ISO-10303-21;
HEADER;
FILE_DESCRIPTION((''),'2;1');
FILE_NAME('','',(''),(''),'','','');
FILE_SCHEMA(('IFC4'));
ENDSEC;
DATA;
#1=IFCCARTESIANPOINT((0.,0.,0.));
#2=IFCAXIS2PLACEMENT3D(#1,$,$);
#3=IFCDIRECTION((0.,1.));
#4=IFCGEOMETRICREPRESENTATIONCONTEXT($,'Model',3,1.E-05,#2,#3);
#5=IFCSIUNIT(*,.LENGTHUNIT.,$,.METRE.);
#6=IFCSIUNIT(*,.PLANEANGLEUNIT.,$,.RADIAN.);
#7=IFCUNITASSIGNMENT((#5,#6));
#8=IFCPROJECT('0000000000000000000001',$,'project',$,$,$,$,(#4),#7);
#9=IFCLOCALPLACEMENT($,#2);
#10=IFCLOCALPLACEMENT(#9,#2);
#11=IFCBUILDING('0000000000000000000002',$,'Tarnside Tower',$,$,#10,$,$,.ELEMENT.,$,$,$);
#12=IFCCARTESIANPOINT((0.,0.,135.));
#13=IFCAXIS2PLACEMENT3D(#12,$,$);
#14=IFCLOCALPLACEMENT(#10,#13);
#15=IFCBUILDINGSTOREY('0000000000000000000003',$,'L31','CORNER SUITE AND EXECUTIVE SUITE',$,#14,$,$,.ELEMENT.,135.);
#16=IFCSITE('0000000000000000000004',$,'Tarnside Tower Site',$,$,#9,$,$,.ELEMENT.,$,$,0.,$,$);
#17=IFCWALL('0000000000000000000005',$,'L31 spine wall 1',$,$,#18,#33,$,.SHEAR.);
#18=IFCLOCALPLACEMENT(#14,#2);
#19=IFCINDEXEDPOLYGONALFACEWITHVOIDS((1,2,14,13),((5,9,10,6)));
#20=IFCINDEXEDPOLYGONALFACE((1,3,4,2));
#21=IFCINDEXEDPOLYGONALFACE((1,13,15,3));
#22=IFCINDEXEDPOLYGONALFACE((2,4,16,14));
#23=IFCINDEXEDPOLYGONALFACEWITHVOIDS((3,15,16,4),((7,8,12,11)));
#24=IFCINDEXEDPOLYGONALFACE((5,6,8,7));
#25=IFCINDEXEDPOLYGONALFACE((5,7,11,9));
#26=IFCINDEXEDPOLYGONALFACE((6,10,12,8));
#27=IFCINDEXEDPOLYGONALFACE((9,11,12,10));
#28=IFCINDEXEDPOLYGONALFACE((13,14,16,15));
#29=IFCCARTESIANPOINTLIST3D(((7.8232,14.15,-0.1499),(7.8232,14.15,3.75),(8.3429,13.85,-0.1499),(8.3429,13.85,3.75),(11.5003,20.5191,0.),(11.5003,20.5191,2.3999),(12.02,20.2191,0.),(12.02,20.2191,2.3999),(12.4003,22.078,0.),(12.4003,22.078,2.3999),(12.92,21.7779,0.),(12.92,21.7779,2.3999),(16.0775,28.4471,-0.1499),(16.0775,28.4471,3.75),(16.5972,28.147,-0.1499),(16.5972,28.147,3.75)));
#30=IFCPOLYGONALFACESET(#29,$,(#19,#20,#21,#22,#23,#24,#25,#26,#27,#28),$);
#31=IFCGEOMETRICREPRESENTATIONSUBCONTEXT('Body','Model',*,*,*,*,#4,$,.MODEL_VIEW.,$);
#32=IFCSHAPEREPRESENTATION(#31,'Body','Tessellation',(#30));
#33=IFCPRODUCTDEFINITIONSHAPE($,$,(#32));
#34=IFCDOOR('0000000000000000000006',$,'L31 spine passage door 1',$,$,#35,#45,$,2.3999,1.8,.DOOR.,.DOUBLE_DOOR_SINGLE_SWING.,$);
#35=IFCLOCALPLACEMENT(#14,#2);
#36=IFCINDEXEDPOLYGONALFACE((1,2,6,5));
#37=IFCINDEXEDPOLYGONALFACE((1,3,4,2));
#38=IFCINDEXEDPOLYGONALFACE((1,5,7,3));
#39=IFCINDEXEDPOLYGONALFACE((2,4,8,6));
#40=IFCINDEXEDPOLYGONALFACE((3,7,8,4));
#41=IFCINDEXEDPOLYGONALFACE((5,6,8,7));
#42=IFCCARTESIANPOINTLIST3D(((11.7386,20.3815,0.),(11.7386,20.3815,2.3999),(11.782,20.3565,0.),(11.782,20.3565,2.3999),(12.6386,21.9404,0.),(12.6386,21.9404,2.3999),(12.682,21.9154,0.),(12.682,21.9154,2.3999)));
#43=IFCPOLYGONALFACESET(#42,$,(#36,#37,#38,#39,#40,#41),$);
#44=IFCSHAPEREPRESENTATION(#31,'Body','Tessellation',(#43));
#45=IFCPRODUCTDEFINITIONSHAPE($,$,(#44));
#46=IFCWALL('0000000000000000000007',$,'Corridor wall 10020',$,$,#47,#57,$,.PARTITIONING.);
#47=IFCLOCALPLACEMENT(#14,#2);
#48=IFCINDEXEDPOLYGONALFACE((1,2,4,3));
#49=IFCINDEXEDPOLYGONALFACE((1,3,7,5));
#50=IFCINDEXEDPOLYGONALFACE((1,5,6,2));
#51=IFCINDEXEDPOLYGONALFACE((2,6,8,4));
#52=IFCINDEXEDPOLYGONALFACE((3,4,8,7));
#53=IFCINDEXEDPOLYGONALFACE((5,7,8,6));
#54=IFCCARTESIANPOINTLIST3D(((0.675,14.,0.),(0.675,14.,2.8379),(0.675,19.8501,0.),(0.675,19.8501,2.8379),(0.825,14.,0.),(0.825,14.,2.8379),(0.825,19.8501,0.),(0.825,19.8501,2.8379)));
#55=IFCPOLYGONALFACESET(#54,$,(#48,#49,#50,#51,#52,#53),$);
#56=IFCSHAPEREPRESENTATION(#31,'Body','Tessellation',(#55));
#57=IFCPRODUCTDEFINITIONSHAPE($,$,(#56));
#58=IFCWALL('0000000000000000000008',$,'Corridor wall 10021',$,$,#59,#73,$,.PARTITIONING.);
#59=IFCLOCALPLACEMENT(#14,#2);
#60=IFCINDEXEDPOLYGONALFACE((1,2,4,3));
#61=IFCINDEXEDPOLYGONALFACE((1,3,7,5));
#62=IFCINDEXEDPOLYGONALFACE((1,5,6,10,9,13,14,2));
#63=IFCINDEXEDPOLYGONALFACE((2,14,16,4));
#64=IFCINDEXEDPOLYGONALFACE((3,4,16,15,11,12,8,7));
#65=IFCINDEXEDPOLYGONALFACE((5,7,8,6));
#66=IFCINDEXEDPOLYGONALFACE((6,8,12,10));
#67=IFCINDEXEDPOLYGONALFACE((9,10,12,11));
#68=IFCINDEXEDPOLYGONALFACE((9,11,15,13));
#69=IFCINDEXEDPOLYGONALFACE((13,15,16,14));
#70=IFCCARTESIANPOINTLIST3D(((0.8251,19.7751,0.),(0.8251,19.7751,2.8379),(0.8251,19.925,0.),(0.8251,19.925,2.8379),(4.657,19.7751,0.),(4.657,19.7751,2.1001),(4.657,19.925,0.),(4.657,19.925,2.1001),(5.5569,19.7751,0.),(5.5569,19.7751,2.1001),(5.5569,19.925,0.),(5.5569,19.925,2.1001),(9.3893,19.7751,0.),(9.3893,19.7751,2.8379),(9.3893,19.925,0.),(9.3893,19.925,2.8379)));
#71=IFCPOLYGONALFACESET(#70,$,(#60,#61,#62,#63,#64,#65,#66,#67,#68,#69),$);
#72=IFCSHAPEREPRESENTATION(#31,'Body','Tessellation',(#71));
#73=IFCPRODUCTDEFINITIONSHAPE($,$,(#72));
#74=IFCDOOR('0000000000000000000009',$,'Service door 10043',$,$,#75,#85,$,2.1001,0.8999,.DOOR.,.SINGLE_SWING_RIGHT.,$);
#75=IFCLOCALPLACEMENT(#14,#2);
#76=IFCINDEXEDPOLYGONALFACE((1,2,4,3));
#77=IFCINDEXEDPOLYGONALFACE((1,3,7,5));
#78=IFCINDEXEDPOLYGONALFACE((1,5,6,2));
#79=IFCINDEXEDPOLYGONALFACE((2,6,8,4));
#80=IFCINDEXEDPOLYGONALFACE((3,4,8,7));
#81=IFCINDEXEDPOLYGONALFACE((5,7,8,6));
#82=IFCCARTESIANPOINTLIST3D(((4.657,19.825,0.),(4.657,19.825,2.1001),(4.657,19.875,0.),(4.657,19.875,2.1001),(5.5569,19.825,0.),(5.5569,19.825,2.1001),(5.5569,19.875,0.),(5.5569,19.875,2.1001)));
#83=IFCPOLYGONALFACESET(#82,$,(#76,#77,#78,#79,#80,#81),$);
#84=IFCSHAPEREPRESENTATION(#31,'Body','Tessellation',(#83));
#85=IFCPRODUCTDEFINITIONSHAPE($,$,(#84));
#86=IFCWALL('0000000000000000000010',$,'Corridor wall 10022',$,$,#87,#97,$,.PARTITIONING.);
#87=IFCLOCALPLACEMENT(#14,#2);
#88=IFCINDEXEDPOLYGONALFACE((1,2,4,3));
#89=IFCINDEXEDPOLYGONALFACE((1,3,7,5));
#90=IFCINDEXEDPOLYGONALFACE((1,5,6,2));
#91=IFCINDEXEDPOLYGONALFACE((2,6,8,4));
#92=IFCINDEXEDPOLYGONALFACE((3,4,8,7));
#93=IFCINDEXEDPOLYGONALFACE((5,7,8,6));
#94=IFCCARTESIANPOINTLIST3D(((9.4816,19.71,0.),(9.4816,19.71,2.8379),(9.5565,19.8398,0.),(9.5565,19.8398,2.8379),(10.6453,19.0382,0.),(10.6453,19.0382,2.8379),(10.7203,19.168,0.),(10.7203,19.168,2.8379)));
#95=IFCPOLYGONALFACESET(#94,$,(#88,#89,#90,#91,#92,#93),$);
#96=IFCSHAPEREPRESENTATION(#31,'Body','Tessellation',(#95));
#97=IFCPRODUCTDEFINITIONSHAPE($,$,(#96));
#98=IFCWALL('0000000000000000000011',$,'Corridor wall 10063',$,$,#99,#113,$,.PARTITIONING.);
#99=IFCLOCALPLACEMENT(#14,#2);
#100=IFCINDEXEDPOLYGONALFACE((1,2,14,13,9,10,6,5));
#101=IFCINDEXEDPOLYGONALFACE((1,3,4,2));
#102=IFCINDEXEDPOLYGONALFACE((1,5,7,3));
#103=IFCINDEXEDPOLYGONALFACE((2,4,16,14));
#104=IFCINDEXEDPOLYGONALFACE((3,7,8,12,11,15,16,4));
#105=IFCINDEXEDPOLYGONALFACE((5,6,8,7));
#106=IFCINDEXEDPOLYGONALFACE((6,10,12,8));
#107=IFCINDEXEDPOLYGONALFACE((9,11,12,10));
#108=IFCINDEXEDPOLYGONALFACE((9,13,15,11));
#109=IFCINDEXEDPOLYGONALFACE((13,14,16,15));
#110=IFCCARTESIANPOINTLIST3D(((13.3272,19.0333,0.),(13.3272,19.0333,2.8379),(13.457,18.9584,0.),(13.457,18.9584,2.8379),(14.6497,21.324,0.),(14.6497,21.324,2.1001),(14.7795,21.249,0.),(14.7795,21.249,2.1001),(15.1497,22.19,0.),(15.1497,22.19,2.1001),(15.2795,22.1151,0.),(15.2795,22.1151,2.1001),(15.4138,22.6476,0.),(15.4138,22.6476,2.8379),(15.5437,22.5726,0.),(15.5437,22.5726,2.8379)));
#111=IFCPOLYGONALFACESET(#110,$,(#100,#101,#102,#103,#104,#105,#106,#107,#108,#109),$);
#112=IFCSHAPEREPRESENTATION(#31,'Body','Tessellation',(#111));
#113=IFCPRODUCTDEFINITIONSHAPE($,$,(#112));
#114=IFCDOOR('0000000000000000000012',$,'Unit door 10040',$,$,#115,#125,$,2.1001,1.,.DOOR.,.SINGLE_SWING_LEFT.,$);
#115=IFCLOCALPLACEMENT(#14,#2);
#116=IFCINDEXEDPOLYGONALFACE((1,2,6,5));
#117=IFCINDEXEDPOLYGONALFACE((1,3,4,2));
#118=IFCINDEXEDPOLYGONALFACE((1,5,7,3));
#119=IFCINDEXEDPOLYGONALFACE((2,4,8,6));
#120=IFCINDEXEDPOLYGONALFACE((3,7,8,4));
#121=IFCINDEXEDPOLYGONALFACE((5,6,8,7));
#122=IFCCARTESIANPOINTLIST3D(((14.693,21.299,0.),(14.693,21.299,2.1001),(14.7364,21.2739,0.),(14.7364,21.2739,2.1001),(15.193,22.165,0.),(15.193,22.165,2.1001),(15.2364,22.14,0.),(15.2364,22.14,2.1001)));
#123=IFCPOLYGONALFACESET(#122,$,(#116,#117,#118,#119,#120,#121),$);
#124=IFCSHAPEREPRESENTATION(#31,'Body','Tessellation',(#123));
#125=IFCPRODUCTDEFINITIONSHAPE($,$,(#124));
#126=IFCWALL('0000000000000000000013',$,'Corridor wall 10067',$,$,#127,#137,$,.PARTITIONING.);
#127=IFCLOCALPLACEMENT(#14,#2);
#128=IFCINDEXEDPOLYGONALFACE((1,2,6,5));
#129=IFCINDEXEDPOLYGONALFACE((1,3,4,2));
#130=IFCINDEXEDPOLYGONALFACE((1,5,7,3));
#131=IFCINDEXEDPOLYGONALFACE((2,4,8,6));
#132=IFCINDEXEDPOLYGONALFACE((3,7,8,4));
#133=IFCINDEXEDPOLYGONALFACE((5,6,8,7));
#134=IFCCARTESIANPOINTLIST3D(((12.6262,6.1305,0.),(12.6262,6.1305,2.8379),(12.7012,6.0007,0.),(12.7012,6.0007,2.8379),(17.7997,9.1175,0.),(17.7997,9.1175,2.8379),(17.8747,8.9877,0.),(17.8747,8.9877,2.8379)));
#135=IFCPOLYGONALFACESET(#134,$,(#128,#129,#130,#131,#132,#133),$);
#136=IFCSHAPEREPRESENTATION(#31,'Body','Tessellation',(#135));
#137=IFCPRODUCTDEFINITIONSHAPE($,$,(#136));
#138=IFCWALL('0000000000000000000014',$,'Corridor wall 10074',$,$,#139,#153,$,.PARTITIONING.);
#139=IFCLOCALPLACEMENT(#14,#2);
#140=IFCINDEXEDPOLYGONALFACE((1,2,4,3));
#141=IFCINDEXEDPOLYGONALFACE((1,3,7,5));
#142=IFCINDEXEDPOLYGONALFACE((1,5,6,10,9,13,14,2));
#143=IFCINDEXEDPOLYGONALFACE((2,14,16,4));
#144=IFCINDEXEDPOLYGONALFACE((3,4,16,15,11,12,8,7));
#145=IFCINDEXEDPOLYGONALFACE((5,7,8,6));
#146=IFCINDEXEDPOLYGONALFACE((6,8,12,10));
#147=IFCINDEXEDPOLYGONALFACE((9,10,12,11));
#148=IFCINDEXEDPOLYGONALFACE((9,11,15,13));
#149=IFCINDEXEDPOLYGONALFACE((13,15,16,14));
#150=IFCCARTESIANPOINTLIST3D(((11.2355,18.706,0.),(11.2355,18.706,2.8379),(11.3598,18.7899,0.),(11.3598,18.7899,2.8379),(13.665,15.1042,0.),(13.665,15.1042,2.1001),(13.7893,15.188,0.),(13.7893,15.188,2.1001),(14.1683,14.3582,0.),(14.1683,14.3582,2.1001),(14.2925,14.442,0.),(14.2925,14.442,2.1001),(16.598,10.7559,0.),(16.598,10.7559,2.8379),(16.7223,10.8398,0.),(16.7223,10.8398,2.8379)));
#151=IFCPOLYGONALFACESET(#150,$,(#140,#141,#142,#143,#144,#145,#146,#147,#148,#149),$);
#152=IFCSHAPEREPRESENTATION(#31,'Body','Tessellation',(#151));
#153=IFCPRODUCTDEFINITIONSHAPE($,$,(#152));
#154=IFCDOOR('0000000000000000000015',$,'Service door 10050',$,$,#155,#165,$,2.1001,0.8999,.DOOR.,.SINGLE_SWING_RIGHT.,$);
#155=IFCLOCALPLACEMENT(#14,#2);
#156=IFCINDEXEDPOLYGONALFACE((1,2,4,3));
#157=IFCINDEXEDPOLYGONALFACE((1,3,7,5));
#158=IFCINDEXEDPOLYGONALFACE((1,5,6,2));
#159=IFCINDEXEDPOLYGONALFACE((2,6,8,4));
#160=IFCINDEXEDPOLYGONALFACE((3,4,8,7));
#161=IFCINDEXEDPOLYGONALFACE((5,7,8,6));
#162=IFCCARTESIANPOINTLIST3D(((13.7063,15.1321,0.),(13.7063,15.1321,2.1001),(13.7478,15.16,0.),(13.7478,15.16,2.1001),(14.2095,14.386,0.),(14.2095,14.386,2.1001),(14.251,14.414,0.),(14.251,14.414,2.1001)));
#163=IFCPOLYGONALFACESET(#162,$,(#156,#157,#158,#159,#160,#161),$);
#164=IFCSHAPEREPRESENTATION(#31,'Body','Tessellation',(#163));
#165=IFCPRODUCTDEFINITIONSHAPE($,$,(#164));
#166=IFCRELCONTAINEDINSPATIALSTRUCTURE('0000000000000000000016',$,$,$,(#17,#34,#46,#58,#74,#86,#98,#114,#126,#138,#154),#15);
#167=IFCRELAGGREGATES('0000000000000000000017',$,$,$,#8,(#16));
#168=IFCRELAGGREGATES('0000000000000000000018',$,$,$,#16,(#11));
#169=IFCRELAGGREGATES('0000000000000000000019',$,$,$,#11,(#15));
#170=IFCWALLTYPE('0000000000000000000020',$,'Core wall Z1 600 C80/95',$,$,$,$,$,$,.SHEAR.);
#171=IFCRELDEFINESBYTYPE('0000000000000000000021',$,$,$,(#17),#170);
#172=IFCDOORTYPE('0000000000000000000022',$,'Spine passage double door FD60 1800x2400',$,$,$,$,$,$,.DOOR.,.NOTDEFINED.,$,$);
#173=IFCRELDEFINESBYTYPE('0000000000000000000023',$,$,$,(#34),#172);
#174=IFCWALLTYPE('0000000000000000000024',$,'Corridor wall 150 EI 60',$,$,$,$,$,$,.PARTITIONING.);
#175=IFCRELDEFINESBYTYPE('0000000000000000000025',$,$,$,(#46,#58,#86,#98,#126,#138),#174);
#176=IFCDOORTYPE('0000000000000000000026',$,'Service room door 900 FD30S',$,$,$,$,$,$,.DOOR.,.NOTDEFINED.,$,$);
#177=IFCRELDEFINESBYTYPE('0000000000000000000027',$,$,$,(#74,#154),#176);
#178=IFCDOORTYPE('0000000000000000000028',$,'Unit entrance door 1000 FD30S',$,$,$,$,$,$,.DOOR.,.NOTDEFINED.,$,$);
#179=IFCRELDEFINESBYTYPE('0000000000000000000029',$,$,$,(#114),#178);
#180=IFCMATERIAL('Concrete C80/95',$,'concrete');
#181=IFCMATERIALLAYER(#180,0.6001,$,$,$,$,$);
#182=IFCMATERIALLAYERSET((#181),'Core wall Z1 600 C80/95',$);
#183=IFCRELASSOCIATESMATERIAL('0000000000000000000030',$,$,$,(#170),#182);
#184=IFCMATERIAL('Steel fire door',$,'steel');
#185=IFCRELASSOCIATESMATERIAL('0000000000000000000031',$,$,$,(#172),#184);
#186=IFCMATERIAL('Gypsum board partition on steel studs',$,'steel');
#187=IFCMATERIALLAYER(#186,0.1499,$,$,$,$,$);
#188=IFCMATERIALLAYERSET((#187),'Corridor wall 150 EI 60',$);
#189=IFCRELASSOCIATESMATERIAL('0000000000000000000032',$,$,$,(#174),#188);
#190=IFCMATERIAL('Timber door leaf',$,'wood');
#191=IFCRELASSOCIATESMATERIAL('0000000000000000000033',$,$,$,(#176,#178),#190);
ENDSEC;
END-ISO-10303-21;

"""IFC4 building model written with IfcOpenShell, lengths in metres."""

from ifc_helpers import new_model, si_unit, direction, frame, frame_2d, origin, place, context, subcontext, project, spatial, rectangle, extrude, material, layer, layer_set, type_object, element, fill, save


model = new_model("IFC4")

# Units and contexts
model_context = context("Model", 3, precision=1e-05, world=origin(), true_north=direction((0.0, 1.0)))
body_context = subcontext(model_context, "Body", "Model", "MODEL_VIEW")
ifc_project = project(units=[si_unit("LENGTHUNIT", "METRE"), si_unit("PLANEANGLEUNIT", "RADIAN")], contexts=[model_context])

# Site, building, storey
site_placement = place(None, origin())
site = spatial("IfcSite", under=ifc_project, at=site_placement, Name="Tarnside Tower Site", CompositionType="ELEMENT", RefElevation=0.0)
building_placement = place(site_placement, origin())
building = spatial("IfcBuilding", under=site, at=building_placement, Name="Tarnside Tower", CompositionType="ELEMENT")
storey_placement = place(building_placement, frame((0.0, 0.0, 135.0)))
storey = spatial("IfcBuildingStorey", under=building, at=storey_placement, Name="L31", Description="CORNER SUITE AND EXECUTIVE SUITE", CompositionType="ELEMENT", Elevation=135.0)

# Shared definitions
ifc_material_1 = material(Name="Steel fire door", Category="steel")

# Wall, opening, door
ifc_material_2 = material(Name="Concrete C80/95", Category="concrete")
ifc_layer_1 = layer(ifc_material_2, 0.6001)
ifc_layer_set_1 = layer_set([ifc_layer_1], Name="Core wall Z1 600 C80/95")
wall_type_1 = type_object("IfcWallType", Name="Core wall Z1 600 C80/95", PredefinedType="SHEAR", material=ifc_layer_set_1)
wall_1_placement = place(storey_placement, frame((8.083, 14.0, -0.1499), z_axis=(0.0, 0.0, 1.0), x_axis=(0.499998, 0.866027, 0.0)))
wall_1 = element("IfcWall", 1, at=wall_1_placement, inside=storey, type_object=wall_type_1, Name="L31 spine wall 1", PredefinedType="SHEAR", context=body_context, shape_type="SweptSolid", body=[
    extrude(rectangle(XDim=16.5088, YDim=0.6001, at=frame_2d((8.2544, 0.0))), origin(), (0.0, 0.0, 1.0), 3.8999),
])
opening_1_placement = place(wall_1_placement, frame((7.3545, 0.0, 0.1499)))
opening_1 = element("IfcOpeningElement", 2, at=opening_1_placement, cuts=wall_1, PredefinedType="OPENING", context=body_context, shape_type="SweptSolid", body=[
    extrude(rectangle(XDim=1.8, YDim=2.3999, at=frame_2d((0.8999, 1.2))), frame((0.0, 0.3101, 0.0), z_axis=(0.0, -1.0, 0.0), x_axis=(1.0, 0.0, 0.0)), (0.0, 0.0, 1.0), 0.6201),
])
door_type_1 = type_object("IfcDoorType", Name="Spine passage double door FD60 1800x2400", OperationType="NOTDEFINED", PredefinedType="DOOR", material=ifc_material_1)
door_1_placement = place(opening_1_placement, origin())
door_1 = element("IfcDoor", 3, at=door_1_placement, inside=storey, type_object=door_type_1, Name="L31 spine passage door 1", OperationType="DOUBLE_DOOR_SINGLE_SWING", OverallHeight=2.3999, OverallWidth=1.8, PredefinedType="DOOR", context=body_context, shape_type="SweptSolid", body=[
    extrude(rectangle(XDim=1.8, YDim=2.3999, at=frame_2d((0.8999, 1.2))), frame((0.0, 0.0249, 0.0), z_axis=(0.0, -1.0, 0.0), x_axis=(1.0, 0.0, 0.0)), (0.0, 0.0, 1.0), 0.05),
])
fill(opening_1, door_1)

# Wall
ifc_material_3 = material(Name="Gypsum board partition on steel studs", Category="steel")
ifc_layer_2 = layer(ifc_material_3, 0.1499)
ifc_layer_set_2 = layer_set([ifc_layer_2], Name="Corridor wall 150 EI 60")
wall_type_2 = type_object("IfcWallType", Name="Corridor wall 150 EI 60", PredefinedType="PARTITIONING", material=ifc_layer_set_2)
wall_2_placement = place(storey_placement, frame((0.75, 14.0, 0.0), z_axis=(0.0, 0.0, 1.0), x_axis=(0.0, 1.0, 0.0)))
element("IfcWall", 4, at=wall_2_placement, inside=storey, type_object=wall_type_2, Name="Corridor wall 10020", PredefinedType="PARTITIONING", context=body_context, shape_type="SweptSolid", body=[
    extrude(rectangle(XDim=5.8501, YDim=0.1499, at=frame_2d((2.925, 0.0))), origin(), (0.0, 0.0, 1.0), 2.8379),
])

# Wall, opening, door
wall_3_placement = place(storey_placement, frame((0.825, 19.8501, 0.0), z_axis=(0.0, 0.0, 1.0), x_axis=(1.0, 0.0, 0.0)))
wall_3 = element("IfcWall", 5, at=wall_3_placement, inside=storey, type_object=wall_type_2, Name="Corridor wall 10021", PredefinedType="PARTITIONING", context=body_context, shape_type="SweptSolid", body=[
    extrude(rectangle(XDim=8.5642, YDim=0.1499, at=frame_2d((4.2822, 0.0))), origin(), (0.0, 0.0, 1.0), 2.8379),
])
opening_2_placement = place(wall_3_placement, frame((3.832, 0.0, 0.0)))
opening_2 = element("IfcOpeningElement", 6, at=opening_2_placement, cuts=wall_3, PredefinedType="OPENING", context=body_context, shape_type="SweptSolid", body=[
    extrude(rectangle(XDim=0.8999, YDim=2.1001, at=frame_2d((0.45, 1.05))), frame((0.0, 0.085, 0.0), z_axis=(0.0, -1.0, 0.0), x_axis=(1.0, 0.0, 0.0)), (0.0, 0.0, 1.0), 0.1699),
])
ifc_material_4 = material(Name="Timber door leaf", Category="wood")
door_type_2 = type_object("IfcDoorType", Name="Service room door 900 FD30S", OperationType="NOTDEFINED", PredefinedType="DOOR", material=ifc_material_4)
door_2_placement = place(opening_2_placement, origin())
door_2 = element("IfcDoor", 7, at=door_2_placement, inside=storey, type_object=door_type_2, Name="Service door 10043", OperationType="SINGLE_SWING_RIGHT", OverallHeight=2.1001, OverallWidth=0.8999, PredefinedType="DOOR", context=body_context, shape_type="SweptSolid", body=[
    extrude(rectangle(XDim=0.8999, YDim=2.1001, at=frame_2d((0.45, 1.05))), frame((0.0, 0.0249, 0.0), z_axis=(0.0, -1.0, 0.0), x_axis=(1.0, 0.0, 0.0)), (0.0, 0.0, 1.0), 0.05),
])
fill(opening_2, door_2)

# Wall
wall_4_placement = place(storey_placement, frame((9.519, 19.7749, 0.0), z_axis=(0.0, 0.0, 1.0), x_axis=(0.866043, -0.499969, 0.0)))
element("IfcWall", 8, at=wall_4_placement, inside=storey, type_object=wall_type_2, Name="Corridor wall 10022", PredefinedType="PARTITIONING", context=body_context, shape_type="SweptSolid", body=[
    extrude(rectangle(XDim=1.3438, YDim=0.1499, at=frame_2d((0.6719, 0.0))), origin(), (0.0, 0.0, 1.0), 2.8379),
])

# Wall, opening, door
wall_5_placement = place(storey_placement, frame((13.3921, 18.9958, 0.0), z_axis=(0.0, 0.0, 1.0), x_axis=(0.499996, 0.866028, 0.0)))
wall_5 = element("IfcWall", 9, at=wall_5_placement, inside=storey, type_object=wall_type_2, Name="Corridor wall 10063", PredefinedType="PARTITIONING", context=body_context, shape_type="SweptSolid", body=[
    extrude(rectangle(XDim=4.1733, YDim=0.1499, at=frame_2d((2.0867, 0.0))), origin(), (0.0, 0.0, 1.0), 2.8379),
])
opening_3_placement = place(wall_5_placement, frame((2.645, 0.0, 0.0)))
opening_3 = element("IfcOpeningElement", 10, at=opening_3_placement, cuts=wall_5, PredefinedType="OPENING", context=body_context, shape_type="SweptSolid", body=[
    extrude(rectangle(XDim=1.0, YDim=2.1001, at=frame_2d((0.5, 1.05))), frame((0.0, 0.085, 0.0), z_axis=(0.0, -1.0, 0.0), x_axis=(1.0, 0.0, 0.0)), (0.0, 0.0, 1.0), 0.1699),
])
door_type_3 = type_object("IfcDoorType", Name="Unit entrance door 1000 FD30S", OperationType="NOTDEFINED", PredefinedType="DOOR", material=ifc_material_4)
door_3_placement = place(opening_3_placement, origin())
door_3 = element("IfcDoor", 11, at=door_3_placement, inside=storey, type_object=door_type_3, Name="Unit door 10040", OperationType="SINGLE_SWING_LEFT", OverallHeight=2.1001, OverallWidth=1.0, PredefinedType="DOOR", context=body_context, shape_type="SweptSolid", body=[
    extrude(rectangle(XDim=1.0, YDim=2.1001, at=frame_2d((0.5, 1.05))), frame((0.0, 0.0249, 0.0), z_axis=(0.0, -1.0, 0.0), x_axis=(1.0, 0.0, 0.0)), (0.0, 0.0, 1.0), 0.05),
])
fill(opening_3, door_3)

# Wall
wall_6_placement = place(storey_placement, frame((12.6638, 6.0657, 0.0), z_axis=(0.0, 0.0, 1.0), x_axis=(0.866019, 0.500011, 0.0)))
element("IfcWall", 12, at=wall_6_placement, inside=storey, type_object=wall_type_2, Name="Corridor wall 10067", PredefinedType="PARTITIONING", context=body_context, shape_type="SweptSolid", body=[
    extrude(rectangle(XDim=5.9739, YDim=0.1499, at=frame_2d((2.9868, 0.0))), origin(), (0.0, 0.0, 1.0), 2.8379),
])

# Wall, opening, door
wall_7_placement = place(storey_placement, frame((11.2976, 18.748, 0.0), z_axis=(0.0, 0.0, 1.0), x_axis=(0.559198, -0.829034, 0.0)))
wall_7 = element("IfcWall", 13, at=wall_7_placement, inside=storey, type_object=wall_type_2, Name="Corridor wall 10074", PredefinedType="PARTITIONING", context=body_context, shape_type="SweptSolid", body=[
    extrude(rectangle(XDim=9.5896, YDim=0.1499, at=frame_2d((4.7949, 0.0))), origin(), (0.0, 0.0, 1.0), 2.8379),
])
opening_4_placement = place(wall_7_placement, frame((4.3447, 0.0, 0.0)))
opening_4 = element("IfcOpeningElement", 14, at=opening_4_placement, cuts=wall_7, PredefinedType="OPENING", context=body_context, shape_type="SweptSolid", body=[
    extrude(rectangle(XDim=0.8999, YDim=2.1001, at=frame_2d((0.45, 1.05))), frame((0.0, 0.085, 0.0), z_axis=(0.0, -1.0, 0.0), x_axis=(1.0, 0.0, 0.0)), (0.0, 0.0, 1.0), 0.1699),
])
door_4_placement = place(opening_4_placement, origin())
door_4 = element("IfcDoor", 15, at=door_4_placement, inside=storey, type_object=door_type_2, Name="Service door 10050", OperationType="SINGLE_SWING_RIGHT", OverallHeight=2.1001, OverallWidth=0.8999, PredefinedType="DOOR", context=body_context, shape_type="SweptSolid", body=[
    extrude(rectangle(XDim=0.8999, YDim=2.1001, at=frame_2d((0.45, 1.05))), frame((0.0, 0.0249, 0.0), z_axis=(0.0, -1.0, 0.0), x_axis=(1.0, 0.0, 0.0)), (0.0, 0.0, 1.0), 0.05),
])
fill(opening_4, door_4)

save(model, "model.ifc")
